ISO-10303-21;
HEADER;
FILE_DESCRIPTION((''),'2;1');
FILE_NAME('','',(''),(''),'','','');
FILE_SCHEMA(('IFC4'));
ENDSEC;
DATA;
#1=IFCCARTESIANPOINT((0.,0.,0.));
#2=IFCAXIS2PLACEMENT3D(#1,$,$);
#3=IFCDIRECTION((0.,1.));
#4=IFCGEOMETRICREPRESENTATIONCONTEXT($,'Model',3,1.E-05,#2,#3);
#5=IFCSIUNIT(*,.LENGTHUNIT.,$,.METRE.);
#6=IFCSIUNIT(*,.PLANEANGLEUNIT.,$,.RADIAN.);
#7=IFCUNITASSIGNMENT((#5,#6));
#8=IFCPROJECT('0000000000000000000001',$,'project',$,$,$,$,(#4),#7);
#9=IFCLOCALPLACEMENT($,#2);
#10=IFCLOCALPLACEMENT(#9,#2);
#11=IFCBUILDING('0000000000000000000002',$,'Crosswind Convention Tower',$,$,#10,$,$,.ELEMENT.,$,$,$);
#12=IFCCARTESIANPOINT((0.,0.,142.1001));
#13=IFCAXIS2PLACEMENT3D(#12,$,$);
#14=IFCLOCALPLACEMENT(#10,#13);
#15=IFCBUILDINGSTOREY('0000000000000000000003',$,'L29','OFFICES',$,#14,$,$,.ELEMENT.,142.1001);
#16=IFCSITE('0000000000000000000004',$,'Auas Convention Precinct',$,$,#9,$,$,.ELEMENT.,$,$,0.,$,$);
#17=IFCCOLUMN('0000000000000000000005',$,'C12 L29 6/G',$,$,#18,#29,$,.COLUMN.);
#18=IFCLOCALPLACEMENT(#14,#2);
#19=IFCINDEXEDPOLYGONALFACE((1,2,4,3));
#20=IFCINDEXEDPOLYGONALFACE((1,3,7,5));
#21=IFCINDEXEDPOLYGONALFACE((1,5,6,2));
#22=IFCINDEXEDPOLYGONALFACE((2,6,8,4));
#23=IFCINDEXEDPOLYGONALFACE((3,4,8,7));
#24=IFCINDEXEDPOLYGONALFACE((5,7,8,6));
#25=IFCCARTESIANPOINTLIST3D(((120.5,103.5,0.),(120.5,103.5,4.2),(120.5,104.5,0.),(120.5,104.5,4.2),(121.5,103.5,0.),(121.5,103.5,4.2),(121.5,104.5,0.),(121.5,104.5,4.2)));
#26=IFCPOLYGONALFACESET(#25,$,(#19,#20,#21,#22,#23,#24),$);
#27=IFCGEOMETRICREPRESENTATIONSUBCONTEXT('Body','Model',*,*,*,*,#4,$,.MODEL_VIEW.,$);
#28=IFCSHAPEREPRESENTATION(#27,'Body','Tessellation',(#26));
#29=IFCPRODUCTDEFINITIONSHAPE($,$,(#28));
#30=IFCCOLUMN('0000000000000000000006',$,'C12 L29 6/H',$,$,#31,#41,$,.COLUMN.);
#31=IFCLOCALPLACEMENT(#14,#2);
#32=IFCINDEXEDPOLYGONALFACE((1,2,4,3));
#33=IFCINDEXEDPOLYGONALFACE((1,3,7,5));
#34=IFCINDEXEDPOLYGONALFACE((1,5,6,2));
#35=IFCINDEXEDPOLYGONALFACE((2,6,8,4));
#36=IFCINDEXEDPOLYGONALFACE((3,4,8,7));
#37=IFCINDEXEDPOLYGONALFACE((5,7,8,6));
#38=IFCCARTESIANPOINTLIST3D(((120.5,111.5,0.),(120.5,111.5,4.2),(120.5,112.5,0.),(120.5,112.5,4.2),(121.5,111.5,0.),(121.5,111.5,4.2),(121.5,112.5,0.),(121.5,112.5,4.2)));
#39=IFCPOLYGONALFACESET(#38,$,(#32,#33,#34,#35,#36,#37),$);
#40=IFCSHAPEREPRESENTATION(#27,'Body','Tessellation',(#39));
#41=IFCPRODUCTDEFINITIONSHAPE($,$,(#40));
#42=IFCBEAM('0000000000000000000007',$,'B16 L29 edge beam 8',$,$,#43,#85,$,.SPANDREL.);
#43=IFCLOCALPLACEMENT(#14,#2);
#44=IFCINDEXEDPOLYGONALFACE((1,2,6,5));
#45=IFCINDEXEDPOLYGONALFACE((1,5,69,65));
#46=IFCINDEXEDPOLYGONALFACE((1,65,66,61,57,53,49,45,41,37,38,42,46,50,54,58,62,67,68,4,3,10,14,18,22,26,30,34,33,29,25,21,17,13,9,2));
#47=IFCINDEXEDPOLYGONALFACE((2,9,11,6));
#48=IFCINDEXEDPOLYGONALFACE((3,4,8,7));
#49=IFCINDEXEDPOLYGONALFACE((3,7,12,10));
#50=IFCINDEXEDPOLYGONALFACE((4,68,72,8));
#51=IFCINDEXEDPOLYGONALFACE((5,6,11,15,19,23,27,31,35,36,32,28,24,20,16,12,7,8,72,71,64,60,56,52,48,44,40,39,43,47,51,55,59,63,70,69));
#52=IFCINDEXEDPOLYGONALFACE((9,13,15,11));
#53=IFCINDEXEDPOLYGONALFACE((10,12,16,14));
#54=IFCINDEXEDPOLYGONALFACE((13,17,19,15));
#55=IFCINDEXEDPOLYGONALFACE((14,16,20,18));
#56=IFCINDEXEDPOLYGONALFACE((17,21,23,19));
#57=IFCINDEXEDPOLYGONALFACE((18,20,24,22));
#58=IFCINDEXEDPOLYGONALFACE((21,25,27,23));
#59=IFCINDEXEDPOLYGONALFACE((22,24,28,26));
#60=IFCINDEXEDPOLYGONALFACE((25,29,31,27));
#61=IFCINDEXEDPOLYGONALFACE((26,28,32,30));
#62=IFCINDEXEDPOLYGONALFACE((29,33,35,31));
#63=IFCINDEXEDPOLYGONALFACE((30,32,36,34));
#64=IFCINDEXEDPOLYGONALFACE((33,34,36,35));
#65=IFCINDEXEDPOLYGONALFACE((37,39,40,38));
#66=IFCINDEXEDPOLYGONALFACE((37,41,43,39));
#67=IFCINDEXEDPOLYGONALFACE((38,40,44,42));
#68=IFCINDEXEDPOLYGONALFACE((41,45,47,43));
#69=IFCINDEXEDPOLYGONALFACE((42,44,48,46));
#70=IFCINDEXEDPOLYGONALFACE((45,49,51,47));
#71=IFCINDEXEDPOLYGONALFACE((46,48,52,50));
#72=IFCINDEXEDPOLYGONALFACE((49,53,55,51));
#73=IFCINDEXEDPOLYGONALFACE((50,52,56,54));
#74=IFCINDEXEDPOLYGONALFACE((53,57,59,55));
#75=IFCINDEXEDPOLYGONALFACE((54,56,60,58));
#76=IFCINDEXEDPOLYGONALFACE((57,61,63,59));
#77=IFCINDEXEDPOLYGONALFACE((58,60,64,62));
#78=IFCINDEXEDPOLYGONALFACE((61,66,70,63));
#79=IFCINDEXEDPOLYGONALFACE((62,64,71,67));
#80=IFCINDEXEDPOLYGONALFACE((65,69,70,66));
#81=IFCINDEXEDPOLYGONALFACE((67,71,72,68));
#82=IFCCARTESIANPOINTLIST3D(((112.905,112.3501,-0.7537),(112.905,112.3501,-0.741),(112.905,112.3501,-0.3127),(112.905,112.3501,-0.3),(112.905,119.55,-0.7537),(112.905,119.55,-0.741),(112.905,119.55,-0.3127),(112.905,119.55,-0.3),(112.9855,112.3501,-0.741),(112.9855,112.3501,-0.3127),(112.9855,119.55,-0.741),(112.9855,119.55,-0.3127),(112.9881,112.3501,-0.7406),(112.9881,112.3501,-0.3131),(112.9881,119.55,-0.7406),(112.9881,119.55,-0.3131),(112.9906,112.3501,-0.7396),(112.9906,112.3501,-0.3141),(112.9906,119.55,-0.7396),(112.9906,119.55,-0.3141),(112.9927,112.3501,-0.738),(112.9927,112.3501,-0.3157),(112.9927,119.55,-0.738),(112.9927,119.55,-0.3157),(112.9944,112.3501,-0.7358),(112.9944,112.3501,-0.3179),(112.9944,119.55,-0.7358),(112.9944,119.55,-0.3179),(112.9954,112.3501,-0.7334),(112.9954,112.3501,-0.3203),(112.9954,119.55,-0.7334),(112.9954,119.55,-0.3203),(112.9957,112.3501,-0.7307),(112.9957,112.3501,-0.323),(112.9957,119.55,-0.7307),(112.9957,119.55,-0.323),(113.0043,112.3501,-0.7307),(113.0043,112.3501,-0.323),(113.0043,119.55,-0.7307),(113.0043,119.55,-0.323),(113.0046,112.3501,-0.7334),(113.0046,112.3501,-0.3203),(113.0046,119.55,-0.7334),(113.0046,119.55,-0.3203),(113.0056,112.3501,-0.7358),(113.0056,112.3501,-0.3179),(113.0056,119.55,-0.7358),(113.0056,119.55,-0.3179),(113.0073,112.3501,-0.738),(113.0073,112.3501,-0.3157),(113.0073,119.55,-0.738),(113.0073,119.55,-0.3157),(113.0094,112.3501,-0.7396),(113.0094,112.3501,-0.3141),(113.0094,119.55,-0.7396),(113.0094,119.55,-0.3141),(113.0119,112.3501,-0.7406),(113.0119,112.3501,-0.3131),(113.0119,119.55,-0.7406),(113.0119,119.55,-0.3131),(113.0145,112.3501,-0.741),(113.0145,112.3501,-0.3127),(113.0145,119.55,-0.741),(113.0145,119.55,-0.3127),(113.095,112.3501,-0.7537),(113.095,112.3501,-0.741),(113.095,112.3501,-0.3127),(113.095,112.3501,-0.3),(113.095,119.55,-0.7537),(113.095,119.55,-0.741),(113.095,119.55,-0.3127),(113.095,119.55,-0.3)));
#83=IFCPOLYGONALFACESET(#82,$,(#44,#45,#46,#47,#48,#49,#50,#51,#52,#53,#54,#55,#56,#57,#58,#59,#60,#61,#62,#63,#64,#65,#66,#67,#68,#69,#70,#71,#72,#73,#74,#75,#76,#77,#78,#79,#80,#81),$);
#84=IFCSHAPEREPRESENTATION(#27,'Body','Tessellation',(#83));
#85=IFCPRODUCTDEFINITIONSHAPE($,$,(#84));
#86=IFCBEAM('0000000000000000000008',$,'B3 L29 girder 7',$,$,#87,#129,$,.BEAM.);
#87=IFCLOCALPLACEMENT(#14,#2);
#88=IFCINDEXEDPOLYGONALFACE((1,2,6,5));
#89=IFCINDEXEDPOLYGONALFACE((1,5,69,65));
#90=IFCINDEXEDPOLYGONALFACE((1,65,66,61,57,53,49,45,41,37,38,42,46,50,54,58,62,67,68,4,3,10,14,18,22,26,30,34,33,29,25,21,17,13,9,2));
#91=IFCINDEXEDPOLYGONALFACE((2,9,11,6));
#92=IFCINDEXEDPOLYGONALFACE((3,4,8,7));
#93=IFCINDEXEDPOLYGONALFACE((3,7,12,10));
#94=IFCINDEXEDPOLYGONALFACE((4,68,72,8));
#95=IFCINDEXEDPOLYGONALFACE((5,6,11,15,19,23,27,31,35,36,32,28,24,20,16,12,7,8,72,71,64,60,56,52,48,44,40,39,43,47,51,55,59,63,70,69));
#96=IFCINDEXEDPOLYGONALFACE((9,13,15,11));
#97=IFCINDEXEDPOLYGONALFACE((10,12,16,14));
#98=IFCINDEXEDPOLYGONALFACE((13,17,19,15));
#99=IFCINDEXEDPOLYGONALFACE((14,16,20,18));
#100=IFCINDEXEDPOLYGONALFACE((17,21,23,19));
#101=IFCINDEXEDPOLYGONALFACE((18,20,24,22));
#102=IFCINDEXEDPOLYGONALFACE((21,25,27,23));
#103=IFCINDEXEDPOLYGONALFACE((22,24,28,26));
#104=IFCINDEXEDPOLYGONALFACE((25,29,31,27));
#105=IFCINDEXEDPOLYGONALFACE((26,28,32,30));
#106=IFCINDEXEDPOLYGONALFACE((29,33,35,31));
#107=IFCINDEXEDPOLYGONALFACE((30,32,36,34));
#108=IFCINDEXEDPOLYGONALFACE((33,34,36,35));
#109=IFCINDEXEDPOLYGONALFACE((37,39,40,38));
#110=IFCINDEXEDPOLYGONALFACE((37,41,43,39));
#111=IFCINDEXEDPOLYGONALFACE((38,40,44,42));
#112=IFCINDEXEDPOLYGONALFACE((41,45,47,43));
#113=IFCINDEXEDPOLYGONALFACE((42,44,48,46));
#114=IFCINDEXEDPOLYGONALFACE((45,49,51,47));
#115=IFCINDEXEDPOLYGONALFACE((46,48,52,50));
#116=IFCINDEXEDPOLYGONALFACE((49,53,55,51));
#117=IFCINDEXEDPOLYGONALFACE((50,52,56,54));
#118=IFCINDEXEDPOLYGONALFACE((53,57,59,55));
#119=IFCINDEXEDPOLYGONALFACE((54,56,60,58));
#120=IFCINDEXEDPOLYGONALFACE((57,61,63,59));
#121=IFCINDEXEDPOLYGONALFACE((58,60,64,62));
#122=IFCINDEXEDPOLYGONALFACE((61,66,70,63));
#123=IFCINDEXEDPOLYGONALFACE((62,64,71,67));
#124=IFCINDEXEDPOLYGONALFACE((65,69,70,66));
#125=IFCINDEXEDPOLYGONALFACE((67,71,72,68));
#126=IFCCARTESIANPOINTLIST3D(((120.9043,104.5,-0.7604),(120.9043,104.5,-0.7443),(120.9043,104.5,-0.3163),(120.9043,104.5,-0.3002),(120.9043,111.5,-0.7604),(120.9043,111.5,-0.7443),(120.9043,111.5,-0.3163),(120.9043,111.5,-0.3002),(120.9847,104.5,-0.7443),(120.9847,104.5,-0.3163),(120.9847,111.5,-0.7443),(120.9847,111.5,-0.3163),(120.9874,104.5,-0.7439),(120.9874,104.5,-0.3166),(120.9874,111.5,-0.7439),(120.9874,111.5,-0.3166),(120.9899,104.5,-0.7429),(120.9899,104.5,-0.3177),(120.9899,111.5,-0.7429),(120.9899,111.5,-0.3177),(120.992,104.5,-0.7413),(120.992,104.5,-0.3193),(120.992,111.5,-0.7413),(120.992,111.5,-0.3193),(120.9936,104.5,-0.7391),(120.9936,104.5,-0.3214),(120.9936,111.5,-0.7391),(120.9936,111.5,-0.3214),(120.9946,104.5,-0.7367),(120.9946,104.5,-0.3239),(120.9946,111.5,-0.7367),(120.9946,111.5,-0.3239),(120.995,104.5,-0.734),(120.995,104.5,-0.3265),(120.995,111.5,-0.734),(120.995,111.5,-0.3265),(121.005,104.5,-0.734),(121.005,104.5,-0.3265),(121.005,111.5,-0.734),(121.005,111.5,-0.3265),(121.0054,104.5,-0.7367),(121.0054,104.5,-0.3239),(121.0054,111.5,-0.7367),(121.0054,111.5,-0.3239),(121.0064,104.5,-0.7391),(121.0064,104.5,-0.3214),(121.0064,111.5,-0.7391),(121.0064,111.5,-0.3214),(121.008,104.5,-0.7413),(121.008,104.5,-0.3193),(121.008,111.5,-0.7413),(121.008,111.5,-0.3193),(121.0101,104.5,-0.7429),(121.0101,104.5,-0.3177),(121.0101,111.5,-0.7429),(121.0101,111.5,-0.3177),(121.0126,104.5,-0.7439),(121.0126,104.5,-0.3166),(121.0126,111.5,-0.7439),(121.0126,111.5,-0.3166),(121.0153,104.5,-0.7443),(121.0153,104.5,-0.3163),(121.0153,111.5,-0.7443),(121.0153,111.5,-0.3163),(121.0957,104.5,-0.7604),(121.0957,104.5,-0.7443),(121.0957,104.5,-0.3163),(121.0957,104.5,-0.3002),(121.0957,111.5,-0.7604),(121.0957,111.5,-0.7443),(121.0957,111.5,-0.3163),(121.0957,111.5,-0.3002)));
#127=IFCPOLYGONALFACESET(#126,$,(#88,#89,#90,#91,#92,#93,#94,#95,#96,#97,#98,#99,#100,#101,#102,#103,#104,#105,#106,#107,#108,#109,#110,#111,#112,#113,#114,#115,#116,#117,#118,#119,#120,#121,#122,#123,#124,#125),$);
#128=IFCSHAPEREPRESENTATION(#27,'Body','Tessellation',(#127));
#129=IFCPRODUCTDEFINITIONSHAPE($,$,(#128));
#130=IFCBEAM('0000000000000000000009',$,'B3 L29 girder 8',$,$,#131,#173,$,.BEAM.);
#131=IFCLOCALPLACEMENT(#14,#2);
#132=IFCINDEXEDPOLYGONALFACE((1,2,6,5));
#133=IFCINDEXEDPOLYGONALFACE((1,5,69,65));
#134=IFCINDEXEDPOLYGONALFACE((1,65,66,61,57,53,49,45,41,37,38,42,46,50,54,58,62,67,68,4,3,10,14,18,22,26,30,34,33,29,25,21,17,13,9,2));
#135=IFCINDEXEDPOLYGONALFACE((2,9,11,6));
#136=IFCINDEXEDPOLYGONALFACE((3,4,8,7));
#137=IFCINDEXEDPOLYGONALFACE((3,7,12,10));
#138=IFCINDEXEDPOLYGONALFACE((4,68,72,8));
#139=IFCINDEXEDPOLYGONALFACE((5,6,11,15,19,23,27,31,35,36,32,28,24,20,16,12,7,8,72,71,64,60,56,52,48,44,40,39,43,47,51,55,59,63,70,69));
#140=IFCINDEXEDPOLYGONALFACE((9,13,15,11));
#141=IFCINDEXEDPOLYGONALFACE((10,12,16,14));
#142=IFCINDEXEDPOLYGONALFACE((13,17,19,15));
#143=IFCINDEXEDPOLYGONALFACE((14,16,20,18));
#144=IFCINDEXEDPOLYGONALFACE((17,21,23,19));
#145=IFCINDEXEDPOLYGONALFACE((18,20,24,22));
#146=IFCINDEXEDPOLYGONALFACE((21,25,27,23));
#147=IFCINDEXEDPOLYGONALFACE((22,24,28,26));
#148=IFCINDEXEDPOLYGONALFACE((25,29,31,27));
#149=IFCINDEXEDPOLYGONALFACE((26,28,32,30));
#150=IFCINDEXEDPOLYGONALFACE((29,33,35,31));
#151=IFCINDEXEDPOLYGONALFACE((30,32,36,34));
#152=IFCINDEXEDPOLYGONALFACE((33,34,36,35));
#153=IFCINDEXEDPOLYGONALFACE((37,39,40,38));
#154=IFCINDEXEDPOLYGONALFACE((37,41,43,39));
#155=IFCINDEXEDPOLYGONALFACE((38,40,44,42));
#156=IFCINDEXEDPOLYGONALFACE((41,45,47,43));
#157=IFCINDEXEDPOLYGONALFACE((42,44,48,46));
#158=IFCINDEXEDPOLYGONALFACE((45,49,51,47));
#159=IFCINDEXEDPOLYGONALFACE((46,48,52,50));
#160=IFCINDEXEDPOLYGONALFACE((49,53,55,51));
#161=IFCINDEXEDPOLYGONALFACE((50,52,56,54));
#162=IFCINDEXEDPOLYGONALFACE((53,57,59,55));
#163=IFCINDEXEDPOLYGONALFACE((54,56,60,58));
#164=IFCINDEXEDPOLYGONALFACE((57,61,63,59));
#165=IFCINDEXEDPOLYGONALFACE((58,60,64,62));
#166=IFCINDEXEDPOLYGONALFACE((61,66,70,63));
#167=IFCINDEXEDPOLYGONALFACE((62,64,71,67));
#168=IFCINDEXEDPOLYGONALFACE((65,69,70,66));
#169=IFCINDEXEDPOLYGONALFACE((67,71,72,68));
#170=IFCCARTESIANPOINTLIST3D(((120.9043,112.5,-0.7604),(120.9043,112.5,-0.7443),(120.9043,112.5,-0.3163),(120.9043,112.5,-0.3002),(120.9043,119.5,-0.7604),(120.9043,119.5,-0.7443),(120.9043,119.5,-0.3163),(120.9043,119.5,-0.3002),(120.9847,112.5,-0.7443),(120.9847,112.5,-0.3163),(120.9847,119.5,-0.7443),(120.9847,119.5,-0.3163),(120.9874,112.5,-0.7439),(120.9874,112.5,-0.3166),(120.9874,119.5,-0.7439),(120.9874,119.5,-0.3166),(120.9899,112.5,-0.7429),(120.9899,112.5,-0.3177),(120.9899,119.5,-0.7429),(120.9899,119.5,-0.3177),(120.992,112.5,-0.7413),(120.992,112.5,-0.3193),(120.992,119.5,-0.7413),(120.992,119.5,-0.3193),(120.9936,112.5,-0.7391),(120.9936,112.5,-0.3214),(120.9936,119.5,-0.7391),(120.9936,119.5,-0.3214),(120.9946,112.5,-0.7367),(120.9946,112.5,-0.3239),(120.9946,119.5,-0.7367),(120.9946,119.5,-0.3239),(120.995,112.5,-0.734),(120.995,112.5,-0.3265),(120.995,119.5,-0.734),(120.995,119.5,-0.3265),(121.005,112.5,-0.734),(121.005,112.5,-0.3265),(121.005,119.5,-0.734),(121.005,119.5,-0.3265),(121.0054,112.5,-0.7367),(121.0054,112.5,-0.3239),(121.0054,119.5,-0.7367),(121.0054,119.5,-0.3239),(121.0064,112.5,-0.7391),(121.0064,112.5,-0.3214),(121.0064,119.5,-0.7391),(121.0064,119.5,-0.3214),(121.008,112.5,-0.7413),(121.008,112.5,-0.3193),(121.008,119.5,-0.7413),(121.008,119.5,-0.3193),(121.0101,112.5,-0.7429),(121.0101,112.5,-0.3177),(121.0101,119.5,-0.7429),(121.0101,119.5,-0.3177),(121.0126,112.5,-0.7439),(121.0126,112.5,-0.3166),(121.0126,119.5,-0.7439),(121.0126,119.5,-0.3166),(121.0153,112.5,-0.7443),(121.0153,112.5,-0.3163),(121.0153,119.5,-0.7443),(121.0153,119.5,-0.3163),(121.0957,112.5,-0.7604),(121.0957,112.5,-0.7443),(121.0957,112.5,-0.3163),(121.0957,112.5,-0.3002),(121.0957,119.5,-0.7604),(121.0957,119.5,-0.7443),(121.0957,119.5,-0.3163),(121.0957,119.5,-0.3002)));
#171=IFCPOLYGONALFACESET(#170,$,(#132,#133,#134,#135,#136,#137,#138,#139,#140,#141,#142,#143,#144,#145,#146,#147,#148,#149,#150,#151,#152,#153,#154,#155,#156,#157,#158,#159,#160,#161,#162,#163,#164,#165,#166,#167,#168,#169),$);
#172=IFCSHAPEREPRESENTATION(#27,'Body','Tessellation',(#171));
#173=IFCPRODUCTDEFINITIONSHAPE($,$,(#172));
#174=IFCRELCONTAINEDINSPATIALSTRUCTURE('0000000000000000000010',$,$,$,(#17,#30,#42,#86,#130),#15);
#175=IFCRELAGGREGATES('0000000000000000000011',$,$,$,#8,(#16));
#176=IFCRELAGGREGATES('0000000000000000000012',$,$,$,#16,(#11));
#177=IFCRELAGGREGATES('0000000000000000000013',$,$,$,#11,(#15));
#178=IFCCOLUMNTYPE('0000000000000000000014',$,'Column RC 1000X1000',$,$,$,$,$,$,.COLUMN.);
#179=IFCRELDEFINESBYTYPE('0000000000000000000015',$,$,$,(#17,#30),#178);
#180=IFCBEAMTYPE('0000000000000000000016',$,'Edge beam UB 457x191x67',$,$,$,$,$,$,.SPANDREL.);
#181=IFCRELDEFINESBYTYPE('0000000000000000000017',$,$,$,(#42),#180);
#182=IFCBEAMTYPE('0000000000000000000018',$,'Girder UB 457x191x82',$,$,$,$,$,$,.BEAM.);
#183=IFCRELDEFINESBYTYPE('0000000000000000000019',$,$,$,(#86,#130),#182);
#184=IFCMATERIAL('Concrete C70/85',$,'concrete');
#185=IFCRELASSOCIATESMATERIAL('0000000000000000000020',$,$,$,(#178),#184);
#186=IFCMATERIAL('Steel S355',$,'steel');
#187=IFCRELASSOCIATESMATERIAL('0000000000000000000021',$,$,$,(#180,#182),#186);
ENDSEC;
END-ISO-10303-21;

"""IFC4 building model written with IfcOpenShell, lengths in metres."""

from ifc_helpers import new_model, si_unit, direction, frame, origin, origin_2d, place, context, subcontext, project, spatial, rectangle, i_section, extrude, material, material_profile, profile_set, type_object, element, save


model = new_model("IFC4")

# Units and contexts
model_context = context("Model", 3, precision=1e-05, world=origin(), true_north=direction((0.0, 1.0)))
body_context = subcontext(model_context, "Body", "Model", "MODEL_VIEW")
ifc_project = project(units=[si_unit("LENGTHUNIT", "METRE"), si_unit("PLANEANGLEUNIT", "RADIAN")], contexts=[model_context])

# Site, building, storey
site_placement = place(None, origin())
site = spatial("IfcSite", under=ifc_project, at=site_placement, Name="Auas Convention Precinct", CompositionType="ELEMENT", RefElevation=0.0)
building_placement = place(site_placement, origin())
building = spatial("IfcBuilding", under=site, at=building_placement, Name="Crosswind Convention Tower", CompositionType="ELEMENT")
storey_placement = place(building_placement, frame((0.0, 0.0, 142.1001)))
storey = spatial("IfcBuildingStorey", under=building, at=storey_placement, Name="L29", Description="OFFICES", CompositionType="ELEMENT", Elevation=142.1001)

# Columns
ifc_material_1 = material(Name="Concrete C70/85", Category="concrete")
ifc_material_profile_1 = material_profile(ifc_material_1, rectangle(XDim=1.0, YDim=1.0, at=origin_2d()), Name="RC 1000X1000")
ifc_profile_set_1 = profile_set([ifc_material_profile_1], Name="Concrete C70/85")
column_type = type_object("IfcColumnType", Name="Column RC 1000X1000", PredefinedType="COLUMN", material=ifc_profile_set_1)
for number, where, z_axis, x_axis, name in (
    (1, (121.0, 104.0, 0.0), (0.0, 0.0, 1.0), (1.0, 0.0, 0.0), "C12 L29 6/G"),
    (2, (121.0, 112.0, 0.0), (0.0, 0.0, 1.0), (1.0, 0.0, 0.0), "C12 L29 6/H"),
):
    element("IfcColumn", number, at=place(storey_placement, frame(where, z_axis=z_axis, x_axis=x_axis)), inside=storey, type_object=column_type, Name=name, PredefinedType="COLUMN", context=body_context, shape_type="SweptSolid", body=[
        extrude(rectangle(XDim=1.0, YDim=1.0, at=origin_2d()), origin(), (0.0, 0.0, 1.0), 4.2),
    ])

# Beams
ifc_material_2 = material(Name="Steel S355", Category="steel")
ifc_material_profile_2 = material_profile(ifc_material_2, i_section(OverallWidth=0.1899, OverallDepth=0.4536, WebThickness=0.0085, FlangeThickness=0.0127, FilletRadius=0.0103, at=origin_2d()), Name="UB 457x191x67")
ifc_profile_set_2 = profile_set([ifc_material_profile_2], Name="Steel S355")
beam_type_1 = type_object("IfcBeamType", Name="Edge beam UB 457x191x67", PredefinedType="SPANDREL", material=ifc_profile_set_2)
beam_placement = place(storey_placement, frame((113.0, 112.3501, -0.5269), z_axis=(0.0, 1.0, 0.0), x_axis=(-1.0, 0.0, 0.0)))
element("IfcBeam", 3, at=beam_placement, inside=storey, type_object=beam_type_1, Name="B16 L29 edge beam 8", PredefinedType="SPANDREL", context=body_context, shape_type="SweptSolid", body=[
    extrude(i_section(OverallWidth=0.1899, OverallDepth=0.4536, WebThickness=0.0085, FlangeThickness=0.0127, FilletRadius=0.0103, at=origin_2d()), origin(), (0.0, 0.0, 1.0), 7.2),
])
ifc_material_profile_3 = material_profile(ifc_material_2, i_section(OverallWidth=0.1914, OverallDepth=0.4602, WebThickness=0.01, FlangeThickness=0.0161, FilletRadius=0.0103, at=origin_2d()), Name="UB 457x191x82")
ifc_profile_set_3 = profile_set([ifc_material_profile_3], Name="Steel S355")
beam_type_2 = type_object("IfcBeamType", Name="Girder UB 457x191x82", PredefinedType="BEAM", material=ifc_profile_set_3)
for number, where, z_axis, x_axis, name in (
    (4, (121.0, 104.5, -0.5303), (0.0, 1.0, 0.0), (-1.0, 0.0, 0.0), "B3 L29 girder 7"),
    (5, (121.0, 112.5, -0.5303), (0.0, 1.0, 0.0), (-1.0, 0.0, 0.0), "B3 L29 girder 8"),
):
    element("IfcBeam", number, at=place(storey_placement, frame(where, z_axis=z_axis, x_axis=x_axis)), inside=storey, type_object=beam_type_2, Name=name, PredefinedType="BEAM", context=body_context, shape_type="SweptSolid", body=[
        extrude(i_section(OverallWidth=0.1914, OverallDepth=0.4602, WebThickness=0.01, FlangeThickness=0.0161, FilletRadius=0.0103, at=origin_2d()), origin(), (0.0, 0.0, 1.0), 7.0),
    ])

save(model, "model.ifc")
